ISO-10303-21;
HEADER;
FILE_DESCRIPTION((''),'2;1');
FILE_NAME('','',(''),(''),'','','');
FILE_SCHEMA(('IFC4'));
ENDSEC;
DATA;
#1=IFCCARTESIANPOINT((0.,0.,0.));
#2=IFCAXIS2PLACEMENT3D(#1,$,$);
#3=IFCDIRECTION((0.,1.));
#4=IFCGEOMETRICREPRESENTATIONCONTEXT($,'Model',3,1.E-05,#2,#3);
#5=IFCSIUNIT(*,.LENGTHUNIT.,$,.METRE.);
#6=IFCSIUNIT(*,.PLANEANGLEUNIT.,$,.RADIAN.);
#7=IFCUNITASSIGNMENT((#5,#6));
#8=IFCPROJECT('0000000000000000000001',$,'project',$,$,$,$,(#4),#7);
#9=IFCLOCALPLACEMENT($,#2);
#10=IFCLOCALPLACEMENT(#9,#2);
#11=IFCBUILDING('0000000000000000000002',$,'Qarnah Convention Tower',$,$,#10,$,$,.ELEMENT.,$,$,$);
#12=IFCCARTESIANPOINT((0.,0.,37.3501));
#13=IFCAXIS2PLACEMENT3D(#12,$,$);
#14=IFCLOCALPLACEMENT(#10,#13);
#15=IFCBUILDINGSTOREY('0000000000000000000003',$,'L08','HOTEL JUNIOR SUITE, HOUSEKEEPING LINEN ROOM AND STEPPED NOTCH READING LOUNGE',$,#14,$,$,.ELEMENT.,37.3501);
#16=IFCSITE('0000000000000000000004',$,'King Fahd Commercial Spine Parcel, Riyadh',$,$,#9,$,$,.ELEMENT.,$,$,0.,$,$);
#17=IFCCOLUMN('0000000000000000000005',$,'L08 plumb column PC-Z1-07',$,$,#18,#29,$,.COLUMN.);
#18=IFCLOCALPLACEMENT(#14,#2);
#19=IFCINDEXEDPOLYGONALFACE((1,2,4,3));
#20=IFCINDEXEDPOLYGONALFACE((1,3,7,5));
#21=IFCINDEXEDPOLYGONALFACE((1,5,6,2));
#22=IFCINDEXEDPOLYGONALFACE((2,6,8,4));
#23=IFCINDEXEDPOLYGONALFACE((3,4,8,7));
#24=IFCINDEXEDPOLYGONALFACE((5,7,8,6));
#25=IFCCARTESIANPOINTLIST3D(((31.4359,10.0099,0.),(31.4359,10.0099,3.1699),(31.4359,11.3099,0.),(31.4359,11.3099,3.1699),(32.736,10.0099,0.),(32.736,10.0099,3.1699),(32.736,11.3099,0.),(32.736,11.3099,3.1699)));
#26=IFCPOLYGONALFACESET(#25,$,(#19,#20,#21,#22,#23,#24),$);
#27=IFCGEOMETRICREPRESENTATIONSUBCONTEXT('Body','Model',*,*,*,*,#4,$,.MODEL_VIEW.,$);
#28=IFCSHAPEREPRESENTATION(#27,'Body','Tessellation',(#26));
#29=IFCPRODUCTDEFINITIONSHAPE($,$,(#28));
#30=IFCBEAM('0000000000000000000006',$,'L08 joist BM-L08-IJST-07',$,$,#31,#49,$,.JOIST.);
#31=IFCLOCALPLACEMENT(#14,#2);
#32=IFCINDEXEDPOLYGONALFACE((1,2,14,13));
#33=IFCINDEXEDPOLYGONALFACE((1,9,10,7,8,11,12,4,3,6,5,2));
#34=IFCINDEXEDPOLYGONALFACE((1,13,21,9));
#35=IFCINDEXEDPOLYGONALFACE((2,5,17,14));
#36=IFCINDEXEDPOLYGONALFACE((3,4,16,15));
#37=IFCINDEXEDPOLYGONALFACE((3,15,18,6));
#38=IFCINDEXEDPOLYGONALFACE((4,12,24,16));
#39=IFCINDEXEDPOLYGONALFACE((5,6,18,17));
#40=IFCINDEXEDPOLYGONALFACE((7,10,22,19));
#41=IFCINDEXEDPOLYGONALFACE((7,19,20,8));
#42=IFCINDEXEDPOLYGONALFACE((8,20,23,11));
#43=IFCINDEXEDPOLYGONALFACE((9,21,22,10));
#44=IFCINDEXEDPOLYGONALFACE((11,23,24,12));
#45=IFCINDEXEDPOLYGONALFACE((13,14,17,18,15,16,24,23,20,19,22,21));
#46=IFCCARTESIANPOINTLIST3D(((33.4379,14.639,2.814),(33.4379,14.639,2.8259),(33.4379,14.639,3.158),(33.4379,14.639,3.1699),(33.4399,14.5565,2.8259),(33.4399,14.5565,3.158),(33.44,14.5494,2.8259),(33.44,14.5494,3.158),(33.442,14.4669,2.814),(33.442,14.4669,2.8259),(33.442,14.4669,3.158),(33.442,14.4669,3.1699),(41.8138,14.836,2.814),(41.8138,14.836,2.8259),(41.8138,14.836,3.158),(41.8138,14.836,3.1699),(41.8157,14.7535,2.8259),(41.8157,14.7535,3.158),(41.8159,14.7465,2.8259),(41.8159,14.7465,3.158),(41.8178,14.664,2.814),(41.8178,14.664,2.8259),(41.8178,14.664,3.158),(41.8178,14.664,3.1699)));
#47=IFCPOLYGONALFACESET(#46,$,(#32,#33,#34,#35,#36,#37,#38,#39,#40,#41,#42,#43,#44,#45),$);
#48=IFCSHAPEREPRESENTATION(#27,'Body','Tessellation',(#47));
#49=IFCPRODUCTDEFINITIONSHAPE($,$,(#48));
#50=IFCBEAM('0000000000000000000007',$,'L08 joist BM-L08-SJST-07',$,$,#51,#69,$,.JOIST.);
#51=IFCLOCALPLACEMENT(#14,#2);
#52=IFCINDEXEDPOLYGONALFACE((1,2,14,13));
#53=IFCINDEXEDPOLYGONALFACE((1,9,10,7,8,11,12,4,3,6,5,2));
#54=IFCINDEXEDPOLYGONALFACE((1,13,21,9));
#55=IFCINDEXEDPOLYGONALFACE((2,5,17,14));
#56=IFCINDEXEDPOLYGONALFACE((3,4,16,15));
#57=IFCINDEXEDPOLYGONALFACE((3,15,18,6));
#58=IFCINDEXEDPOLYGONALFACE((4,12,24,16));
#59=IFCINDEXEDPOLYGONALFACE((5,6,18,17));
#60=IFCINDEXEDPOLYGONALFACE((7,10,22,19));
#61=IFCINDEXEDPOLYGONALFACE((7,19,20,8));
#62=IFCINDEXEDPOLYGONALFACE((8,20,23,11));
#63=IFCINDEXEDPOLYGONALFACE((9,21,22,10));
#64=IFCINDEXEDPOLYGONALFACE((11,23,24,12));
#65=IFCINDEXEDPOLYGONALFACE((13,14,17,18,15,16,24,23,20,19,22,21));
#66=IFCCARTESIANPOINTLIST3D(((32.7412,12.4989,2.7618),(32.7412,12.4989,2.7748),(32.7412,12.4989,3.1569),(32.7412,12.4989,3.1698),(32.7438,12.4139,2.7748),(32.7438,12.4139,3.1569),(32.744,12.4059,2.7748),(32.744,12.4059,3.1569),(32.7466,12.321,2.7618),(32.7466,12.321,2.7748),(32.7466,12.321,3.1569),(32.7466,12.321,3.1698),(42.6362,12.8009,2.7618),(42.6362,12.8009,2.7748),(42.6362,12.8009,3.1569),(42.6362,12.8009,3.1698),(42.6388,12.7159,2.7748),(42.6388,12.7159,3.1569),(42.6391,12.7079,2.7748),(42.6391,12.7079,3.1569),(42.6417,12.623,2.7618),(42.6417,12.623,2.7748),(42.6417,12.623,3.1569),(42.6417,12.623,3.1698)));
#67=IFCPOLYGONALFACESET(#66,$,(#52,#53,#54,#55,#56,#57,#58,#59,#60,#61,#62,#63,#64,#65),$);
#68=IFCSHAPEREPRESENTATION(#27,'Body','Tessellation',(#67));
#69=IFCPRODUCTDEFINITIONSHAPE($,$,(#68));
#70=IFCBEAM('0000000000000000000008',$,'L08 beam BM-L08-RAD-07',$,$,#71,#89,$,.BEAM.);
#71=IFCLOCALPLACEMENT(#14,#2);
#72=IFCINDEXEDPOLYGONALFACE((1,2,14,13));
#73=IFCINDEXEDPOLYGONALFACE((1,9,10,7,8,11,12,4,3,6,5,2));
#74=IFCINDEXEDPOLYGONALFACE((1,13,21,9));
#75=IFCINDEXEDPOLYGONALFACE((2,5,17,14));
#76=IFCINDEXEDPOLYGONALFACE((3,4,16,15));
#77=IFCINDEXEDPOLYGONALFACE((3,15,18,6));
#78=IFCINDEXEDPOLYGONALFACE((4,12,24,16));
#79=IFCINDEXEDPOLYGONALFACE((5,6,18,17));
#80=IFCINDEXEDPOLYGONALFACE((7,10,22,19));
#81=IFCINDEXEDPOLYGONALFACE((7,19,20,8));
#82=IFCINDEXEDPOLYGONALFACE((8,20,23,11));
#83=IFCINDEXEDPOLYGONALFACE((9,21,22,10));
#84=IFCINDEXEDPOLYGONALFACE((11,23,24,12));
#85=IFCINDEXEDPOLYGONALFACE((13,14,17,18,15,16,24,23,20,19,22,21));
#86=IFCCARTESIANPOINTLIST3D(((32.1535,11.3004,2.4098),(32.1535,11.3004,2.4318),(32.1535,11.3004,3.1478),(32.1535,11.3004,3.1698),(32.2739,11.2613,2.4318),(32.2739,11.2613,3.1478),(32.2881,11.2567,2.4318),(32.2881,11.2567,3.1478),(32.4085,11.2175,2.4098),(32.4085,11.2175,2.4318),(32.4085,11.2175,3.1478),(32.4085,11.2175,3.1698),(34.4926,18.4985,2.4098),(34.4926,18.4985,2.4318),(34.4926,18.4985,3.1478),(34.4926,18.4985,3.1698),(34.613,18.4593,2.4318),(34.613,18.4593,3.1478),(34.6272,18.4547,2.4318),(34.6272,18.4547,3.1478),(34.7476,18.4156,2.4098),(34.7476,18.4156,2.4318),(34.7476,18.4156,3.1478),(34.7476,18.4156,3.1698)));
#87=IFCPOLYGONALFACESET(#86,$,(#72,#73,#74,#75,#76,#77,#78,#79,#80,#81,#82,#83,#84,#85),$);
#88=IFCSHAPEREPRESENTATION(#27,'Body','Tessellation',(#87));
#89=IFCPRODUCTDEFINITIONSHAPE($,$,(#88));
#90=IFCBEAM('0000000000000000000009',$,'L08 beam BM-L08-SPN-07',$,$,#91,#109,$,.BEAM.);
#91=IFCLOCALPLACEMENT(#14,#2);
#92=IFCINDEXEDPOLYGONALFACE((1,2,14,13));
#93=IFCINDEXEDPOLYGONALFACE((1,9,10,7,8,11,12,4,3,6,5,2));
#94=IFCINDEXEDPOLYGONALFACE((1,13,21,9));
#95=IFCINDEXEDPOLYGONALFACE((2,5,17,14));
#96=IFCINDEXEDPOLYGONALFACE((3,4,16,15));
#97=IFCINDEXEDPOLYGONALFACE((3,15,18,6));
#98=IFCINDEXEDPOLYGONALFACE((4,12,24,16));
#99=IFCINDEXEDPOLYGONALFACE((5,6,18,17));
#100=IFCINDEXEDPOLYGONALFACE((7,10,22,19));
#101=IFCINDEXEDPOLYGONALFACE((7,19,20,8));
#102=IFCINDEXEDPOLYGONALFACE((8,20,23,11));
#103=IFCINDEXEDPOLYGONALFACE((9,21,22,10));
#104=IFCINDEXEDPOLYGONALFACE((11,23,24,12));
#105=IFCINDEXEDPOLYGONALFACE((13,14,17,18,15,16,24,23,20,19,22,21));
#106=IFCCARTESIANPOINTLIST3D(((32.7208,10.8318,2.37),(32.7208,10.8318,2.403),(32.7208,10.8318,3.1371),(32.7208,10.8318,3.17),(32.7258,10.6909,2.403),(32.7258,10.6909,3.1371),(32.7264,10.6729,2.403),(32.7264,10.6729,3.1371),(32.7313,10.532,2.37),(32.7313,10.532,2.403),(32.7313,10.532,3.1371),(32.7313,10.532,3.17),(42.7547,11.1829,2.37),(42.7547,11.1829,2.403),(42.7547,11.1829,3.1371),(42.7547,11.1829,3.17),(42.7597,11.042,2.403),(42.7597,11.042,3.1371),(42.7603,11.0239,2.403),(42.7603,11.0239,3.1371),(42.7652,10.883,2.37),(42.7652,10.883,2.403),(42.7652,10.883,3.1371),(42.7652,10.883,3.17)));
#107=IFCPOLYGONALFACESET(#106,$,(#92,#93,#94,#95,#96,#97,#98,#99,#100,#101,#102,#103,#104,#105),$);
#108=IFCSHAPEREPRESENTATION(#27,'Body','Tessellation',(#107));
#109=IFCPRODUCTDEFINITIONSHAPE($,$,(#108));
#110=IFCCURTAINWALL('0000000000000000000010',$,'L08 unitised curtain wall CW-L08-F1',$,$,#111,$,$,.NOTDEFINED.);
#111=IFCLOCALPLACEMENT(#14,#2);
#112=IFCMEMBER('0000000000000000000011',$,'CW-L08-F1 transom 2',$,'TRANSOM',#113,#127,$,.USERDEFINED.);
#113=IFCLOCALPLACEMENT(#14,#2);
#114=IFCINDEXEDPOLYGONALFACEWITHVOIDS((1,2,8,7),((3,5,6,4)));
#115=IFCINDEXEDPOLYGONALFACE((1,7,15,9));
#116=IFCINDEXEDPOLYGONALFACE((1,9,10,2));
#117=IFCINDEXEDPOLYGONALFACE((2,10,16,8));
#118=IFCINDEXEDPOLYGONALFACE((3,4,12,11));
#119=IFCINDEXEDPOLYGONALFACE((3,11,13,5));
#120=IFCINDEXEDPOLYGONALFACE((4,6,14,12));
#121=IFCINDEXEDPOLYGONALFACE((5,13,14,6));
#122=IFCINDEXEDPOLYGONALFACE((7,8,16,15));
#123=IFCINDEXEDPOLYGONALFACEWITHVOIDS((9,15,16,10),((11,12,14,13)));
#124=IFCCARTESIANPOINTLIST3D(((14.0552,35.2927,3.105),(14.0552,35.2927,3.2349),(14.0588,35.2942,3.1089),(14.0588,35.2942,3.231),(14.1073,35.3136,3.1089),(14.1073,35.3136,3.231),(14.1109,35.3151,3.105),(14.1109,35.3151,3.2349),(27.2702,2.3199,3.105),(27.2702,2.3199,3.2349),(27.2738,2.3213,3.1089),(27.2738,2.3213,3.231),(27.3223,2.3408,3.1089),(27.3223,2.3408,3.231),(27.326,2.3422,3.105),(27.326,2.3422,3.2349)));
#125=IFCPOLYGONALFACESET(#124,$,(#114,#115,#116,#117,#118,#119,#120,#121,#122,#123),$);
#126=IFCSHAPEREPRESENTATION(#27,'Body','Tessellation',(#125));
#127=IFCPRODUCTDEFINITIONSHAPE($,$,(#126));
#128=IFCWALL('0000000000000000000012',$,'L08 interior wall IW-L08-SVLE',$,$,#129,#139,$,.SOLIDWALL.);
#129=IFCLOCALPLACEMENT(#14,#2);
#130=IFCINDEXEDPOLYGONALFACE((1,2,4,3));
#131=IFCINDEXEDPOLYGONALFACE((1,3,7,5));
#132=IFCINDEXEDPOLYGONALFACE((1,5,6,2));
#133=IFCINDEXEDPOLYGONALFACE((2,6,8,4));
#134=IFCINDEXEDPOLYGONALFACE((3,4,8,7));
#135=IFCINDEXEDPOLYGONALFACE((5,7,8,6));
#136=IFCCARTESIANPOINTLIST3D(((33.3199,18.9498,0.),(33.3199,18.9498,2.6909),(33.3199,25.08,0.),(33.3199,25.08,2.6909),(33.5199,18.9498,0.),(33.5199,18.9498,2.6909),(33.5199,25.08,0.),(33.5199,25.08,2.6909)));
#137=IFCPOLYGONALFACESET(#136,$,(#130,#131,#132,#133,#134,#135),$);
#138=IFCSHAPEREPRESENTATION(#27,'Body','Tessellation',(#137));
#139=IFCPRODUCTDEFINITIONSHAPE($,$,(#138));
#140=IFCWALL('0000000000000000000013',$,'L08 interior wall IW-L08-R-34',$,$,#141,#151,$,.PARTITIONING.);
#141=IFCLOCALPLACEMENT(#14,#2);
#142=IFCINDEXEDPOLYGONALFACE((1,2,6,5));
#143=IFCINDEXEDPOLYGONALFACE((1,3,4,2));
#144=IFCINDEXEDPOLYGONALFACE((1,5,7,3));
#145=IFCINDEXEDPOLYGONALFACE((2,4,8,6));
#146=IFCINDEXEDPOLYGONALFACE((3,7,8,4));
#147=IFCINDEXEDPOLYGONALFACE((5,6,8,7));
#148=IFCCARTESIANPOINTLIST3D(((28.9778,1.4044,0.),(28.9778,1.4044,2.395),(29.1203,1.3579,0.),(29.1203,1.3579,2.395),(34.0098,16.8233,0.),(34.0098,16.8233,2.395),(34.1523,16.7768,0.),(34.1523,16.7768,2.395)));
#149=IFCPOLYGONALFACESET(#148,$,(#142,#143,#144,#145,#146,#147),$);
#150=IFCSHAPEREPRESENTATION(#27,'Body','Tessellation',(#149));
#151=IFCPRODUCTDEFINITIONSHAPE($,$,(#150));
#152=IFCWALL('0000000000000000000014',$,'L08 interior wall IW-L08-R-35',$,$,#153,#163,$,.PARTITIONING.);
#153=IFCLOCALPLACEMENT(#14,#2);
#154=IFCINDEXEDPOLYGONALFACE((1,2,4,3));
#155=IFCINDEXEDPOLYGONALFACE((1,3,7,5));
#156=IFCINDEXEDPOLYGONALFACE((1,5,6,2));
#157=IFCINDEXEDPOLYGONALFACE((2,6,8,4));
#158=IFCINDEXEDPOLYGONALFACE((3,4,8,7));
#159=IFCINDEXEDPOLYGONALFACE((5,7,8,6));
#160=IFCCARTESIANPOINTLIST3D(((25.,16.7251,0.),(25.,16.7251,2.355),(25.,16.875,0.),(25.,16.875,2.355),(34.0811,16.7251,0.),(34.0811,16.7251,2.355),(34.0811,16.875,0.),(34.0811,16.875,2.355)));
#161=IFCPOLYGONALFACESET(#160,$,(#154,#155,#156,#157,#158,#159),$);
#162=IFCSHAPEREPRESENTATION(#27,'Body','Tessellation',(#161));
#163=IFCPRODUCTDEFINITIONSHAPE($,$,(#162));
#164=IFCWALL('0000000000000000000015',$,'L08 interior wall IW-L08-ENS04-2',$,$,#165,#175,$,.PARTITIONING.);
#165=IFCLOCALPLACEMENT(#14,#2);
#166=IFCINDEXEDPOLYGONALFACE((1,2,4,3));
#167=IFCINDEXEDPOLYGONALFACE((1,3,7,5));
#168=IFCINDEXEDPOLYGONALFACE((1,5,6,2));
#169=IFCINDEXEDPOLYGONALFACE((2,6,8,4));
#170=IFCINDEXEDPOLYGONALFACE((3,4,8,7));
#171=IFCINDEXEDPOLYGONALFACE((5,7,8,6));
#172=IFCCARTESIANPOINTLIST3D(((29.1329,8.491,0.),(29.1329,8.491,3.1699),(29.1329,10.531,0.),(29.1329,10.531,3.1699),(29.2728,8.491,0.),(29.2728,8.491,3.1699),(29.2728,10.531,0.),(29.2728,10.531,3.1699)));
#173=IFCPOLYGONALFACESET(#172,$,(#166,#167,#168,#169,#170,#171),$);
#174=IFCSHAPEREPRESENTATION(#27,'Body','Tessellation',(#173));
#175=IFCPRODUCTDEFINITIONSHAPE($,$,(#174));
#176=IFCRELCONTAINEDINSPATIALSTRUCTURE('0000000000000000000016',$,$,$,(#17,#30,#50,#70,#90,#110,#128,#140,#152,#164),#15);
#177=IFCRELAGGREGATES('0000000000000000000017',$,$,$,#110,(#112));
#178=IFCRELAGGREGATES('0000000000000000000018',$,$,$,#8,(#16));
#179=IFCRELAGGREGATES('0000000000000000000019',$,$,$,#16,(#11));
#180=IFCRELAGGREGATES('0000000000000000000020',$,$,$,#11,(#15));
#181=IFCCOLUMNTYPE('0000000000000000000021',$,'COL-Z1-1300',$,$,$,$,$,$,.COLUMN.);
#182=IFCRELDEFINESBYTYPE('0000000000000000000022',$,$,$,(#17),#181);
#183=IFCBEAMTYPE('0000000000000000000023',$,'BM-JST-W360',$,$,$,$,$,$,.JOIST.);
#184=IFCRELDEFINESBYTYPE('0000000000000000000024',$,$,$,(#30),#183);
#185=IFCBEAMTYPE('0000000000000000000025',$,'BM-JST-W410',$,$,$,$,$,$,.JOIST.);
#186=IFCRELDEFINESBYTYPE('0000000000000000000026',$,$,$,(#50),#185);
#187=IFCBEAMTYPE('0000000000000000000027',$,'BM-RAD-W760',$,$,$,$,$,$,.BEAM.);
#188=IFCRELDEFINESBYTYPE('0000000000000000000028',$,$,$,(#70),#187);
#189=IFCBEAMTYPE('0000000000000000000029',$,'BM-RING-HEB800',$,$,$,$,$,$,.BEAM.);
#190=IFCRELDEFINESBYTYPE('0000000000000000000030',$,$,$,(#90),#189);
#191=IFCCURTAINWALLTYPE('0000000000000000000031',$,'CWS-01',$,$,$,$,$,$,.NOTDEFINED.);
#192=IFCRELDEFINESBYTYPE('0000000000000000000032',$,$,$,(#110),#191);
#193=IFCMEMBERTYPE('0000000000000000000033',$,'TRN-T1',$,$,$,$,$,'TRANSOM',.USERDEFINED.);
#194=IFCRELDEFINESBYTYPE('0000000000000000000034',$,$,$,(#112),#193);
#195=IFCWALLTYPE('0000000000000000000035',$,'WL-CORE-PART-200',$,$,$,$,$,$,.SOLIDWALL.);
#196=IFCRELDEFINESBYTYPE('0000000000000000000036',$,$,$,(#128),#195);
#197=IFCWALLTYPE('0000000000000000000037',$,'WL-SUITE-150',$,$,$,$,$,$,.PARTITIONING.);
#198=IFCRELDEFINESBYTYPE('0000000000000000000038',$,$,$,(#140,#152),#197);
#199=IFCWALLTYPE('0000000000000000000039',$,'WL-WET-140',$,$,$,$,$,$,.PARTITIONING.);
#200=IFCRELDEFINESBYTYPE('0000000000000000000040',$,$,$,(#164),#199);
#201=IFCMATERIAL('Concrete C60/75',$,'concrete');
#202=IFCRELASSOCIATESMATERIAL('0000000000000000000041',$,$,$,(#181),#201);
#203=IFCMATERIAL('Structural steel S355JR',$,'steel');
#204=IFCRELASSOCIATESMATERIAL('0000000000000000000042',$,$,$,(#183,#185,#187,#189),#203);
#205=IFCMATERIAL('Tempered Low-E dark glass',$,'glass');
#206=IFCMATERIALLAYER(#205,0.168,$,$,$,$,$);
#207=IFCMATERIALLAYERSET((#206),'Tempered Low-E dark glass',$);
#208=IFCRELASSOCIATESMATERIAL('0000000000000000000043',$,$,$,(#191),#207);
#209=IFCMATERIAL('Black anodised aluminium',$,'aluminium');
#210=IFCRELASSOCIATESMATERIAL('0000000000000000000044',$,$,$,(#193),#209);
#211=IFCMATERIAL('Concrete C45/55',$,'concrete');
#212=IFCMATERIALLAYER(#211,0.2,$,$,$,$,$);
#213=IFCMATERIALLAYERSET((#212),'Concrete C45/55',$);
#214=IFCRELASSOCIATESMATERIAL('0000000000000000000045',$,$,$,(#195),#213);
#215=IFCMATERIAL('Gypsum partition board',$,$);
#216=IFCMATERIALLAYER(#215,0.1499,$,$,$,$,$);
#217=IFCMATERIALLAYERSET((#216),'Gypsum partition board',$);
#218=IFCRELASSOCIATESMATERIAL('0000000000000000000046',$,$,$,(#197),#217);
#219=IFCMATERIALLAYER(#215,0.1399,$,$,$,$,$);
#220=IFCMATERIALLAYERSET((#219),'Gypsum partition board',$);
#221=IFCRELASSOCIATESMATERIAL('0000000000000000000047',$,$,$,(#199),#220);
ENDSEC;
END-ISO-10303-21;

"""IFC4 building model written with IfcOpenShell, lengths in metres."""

from ifc_helpers import new_model, si_unit, direction, frame, frame_2d, origin, origin_2d, place, context, subcontext, project, spatial, rectangle, hollow_rectangle, i_section, extrude, material, layer, layer_set, material_profile, profile_set, type_object, element, aggregate, save


model = new_model("IFC4")

# Units and contexts
model_context = context("Model", 3, precision=1e-05, world=origin(), true_north=direction((0.0, 1.0)))
body_context = subcontext(model_context, "Body", "Model", "MODEL_VIEW")
ifc_project = project(units=[si_unit("LENGTHUNIT", "METRE"), si_unit("PLANEANGLEUNIT", "RADIAN")], contexts=[model_context])

# Site, building, storey
site_placement = place(None, origin())
site = spatial("IfcSite", under=ifc_project, at=site_placement, Name="King Fahd Commercial Spine Parcel, Riyadh", CompositionType="ELEMENT", RefElevation=0.0)
building_placement = place(site_placement, origin())
building = spatial("IfcBuilding", under=site, at=building_placement, Name="Qarnah Convention Tower", CompositionType="ELEMENT")
storey_placement = place(building_placement, frame((0.0, 0.0, 37.3501)))
storey = spatial("IfcBuildingStorey", under=building, at=storey_placement, Name="L08", Description="HOTEL JUNIOR SUITE, HOUSEKEEPING LINEN ROOM AND STEPPED NOTCH READING LOUNGE", CompositionType="ELEMENT", Elevation=37.3501)

# Column
ifc_material_1 = material(Name="Concrete C60/75", Category="concrete")
ifc_material_profile_1 = material_profile(ifc_material_1, rectangle(XDim=1.3, YDim=1.3, at=origin_2d()), Name="RC-COL-1300X1300")
ifc_profile_set_1 = profile_set([ifc_material_profile_1], Name="Concrete C60/75")
column_type = type_object("IfcColumnType", Name="COL-Z1-1300", PredefinedType="COLUMN", material=ifc_profile_set_1)
column_placement = place(storey_placement, frame((32.0859, 10.6599, 0.0), z_axis=(0.0, 0.0, 1.0), x_axis=(1.0, 0.0, 0.0)))
element("IfcColumn", 1, at=column_placement, inside=storey, type_object=column_type, Name="L08 plumb column PC-Z1-07", PredefinedType="COLUMN", context=body_context, shape_type="SweptSolid", body=[
    extrude(rectangle(XDim=1.3, YDim=1.3, at=origin_2d()), origin(), (0.0, 0.0, 1.0), 3.1699),
])

# Beams
ifc_material_2 = material(Name="Structural steel S355JR", Category="steel")
ifc_material_profile_2 = material_profile(ifc_material_2, i_section(OverallWidth=0.1721, OverallDepth=0.356, WebThickness=0.0071, FlangeThickness=0.012, at=origin_2d()), Name="W360X51")
ifc_profile_set_2 = profile_set([ifc_material_profile_2], Name="Structural steel S355JR")
beam_type_1 = type_object("IfcBeamType", Name="BM-JST-W360", PredefinedType="JOIST", material=ifc_profile_set_2)
beam_1_placement = place(storey_placement, frame((33.4399, 14.553, 2.9919), z_axis=(0.999723, 0.023516, 0.0), x_axis=(-0.023516, 0.999723, 0.0)))
element("IfcBeam", 2, at=beam_1_placement, inside=storey, type_object=beam_type_1, Name="L08 joist BM-L08-IJST-07", PredefinedType="JOIST", context=body_context, shape_type="SweptSolid", body=[
    extrude(i_section(OverallWidth=0.1721, OverallDepth=0.356, WebThickness=0.0071, FlangeThickness=0.012, at=origin_2d()), origin(), (0.0, 0.0, 1.0), 8.3782),
])
ifc_material_profile_3 = material_profile(ifc_material_2, i_section(OverallWidth=0.178, OverallDepth=0.408, WebThickness=0.0081, FlangeThickness=0.0129, at=origin_2d()), Name="W410X60")
ifc_profile_set_3 = profile_set([ifc_material_profile_3], Name="Structural steel S355JR")
beam_type_2 = type_object("IfcBeamType", Name="BM-JST-W410", PredefinedType="JOIST", material=ifc_profile_set_3)
beam_2_placement = place(storey_placement, frame((32.7439, 12.4099, 2.9658), z_axis=(0.999535, 0.030506, 0.0), x_axis=(-0.030506, 0.999535, 0.0)))
element("IfcBeam", 3, at=beam_2_placement, inside=storey, type_object=beam_type_2, Name="L08 joist BM-L08-SJST-07", PredefinedType="JOIST", context=body_context, shape_type="SweptSolid", body=[
    extrude(i_section(OverallWidth=0.178, OverallDepth=0.408, WebThickness=0.0081, FlangeThickness=0.0129, at=origin_2d()), origin(), (0.0, 0.0, 1.0), 9.8997),
])
ifc_material_profile_4 = material_profile(ifc_material_2, i_section(OverallWidth=0.2681, OverallDepth=0.76, WebThickness=0.0149, FlangeThickness=0.022, at=origin_2d()), Name="W760X185")
ifc_profile_set_4 = profile_set([ifc_material_profile_4], Name="Structural steel S355JR")
beam_type_3 = type_object("IfcBeamType", Name="BM-RAD-W760", PredefinedType="BEAM", material=ifc_profile_set_4)
beam_3_placement = place(storey_placement, frame((34.6201, 18.457, 2.7898), z_axis=(-0.309058, -0.951043, 0.0), x_axis=(0.951043, -0.309058, 0.0)))
element("IfcBeam", 4, at=beam_3_placement, inside=storey, type_object=beam_type_3, Name="L08 beam BM-L08-RAD-07", PredefinedType="BEAM", context=body_context, shape_type="SweptSolid", body=[
    extrude(i_section(OverallWidth=0.2681, OverallDepth=0.76, WebThickness=0.0149, FlangeThickness=0.022, at=origin_2d()), origin(), (0.0, 0.0, 1.0), 7.5686),
])
ifc_material_profile_5 = material_profile(ifc_material_2, i_section(OverallWidth=0.3, OverallDepth=0.8, WebThickness=0.0181, FlangeThickness=0.033, at=origin_2d()), Name="HEB800")
ifc_profile_set_5 = profile_set([ifc_material_profile_5], Name="Structural steel S355JR")
beam_type_4 = type_object("IfcBeamType", Name="BM-RING-HEB800", PredefinedType="BEAM", material=ifc_profile_set_5)
beam_4_placement = place(storey_placement, frame((32.7261, 10.6819, 2.77), z_axis=(0.999388, 0.034967, 0.0), x_axis=(-0.034967, 0.999388, 0.0)))
element("IfcBeam", 5, at=beam_4_placement, inside=storey, type_object=beam_type_4, Name="L08 beam BM-L08-SPN-07", PredefinedType="BEAM", context=body_context, shape_type="SweptSolid", body=[
    extrude(i_section(OverallWidth=0.3, OverallDepth=0.8, WebThickness=0.0181, FlangeThickness=0.033, at=origin_2d()), origin(), (0.0, 0.0, 1.0), 10.04),
])

# Curtain wall, member
ifc_material_3 = material(Name="Tempered Low-E dark glass", Category="glass")
ifc_layer_1 = layer(ifc_material_3, 0.168)
ifc_layer_set_1 = layer_set([ifc_layer_1], Name="Tempered Low-E dark glass")
curtain_wall_type = type_object("IfcCurtainWallType", Name="CWS-01", PredefinedType="NOTDEFINED", material=ifc_layer_set_1)
curtain_wall_placement = place(storey_placement, origin())
curtain_wall = element("IfcCurtainWall", 6, at=curtain_wall_placement, inside=storey, type_object=curtain_wall_type, Name="L08 unitised curtain wall CW-L08-F1", PredefinedType="NOTDEFINED")
ifc_material_4 = material(Name="Black anodised aluminium", Category="aluminium")
ifc_material_profile_6 = material_profile(ifc_material_4, hollow_rectangle(XDim=0.0601, YDim=0.1299, WallThickness=0.0039, at=origin_2d()), Name="TRN-60X130")
ifc_profile_set_6 = profile_set([ifc_material_profile_6], Name="Black anodised aluminium")
member_type = type_object("IfcMemberType", Name="TRN-T1", ElementType="TRANSOM", PredefinedType="USERDEFINED", material=ifc_profile_set_6)
member_placement = place(storey_placement, frame((27.2981, 2.3311, 3.1699), z_axis=(-0.37202, 0.928225, 0.0), x_axis=(-0.928225, -0.37202, 0.0)))
member = element("IfcMember", 7, at=member_placement, type_object=member_type, Name="CW-L08-F1 transom 2", ObjectType="TRANSOM", PredefinedType="USERDEFINED", context=body_context, shape_type="SweptSolid", body=[
    extrude(hollow_rectangle(XDim=0.0601, YDim=0.1299, WallThickness=0.0039, at=origin_2d()), origin(), (0.0, 0.0, 1.0), 35.5225),
])
aggregate(curtain_wall, [member])

# Walls
ifc_material_5 = material(Name="Concrete C45/55", Category="concrete")
ifc_layer_2 = layer(ifc_material_5, 0.2)
ifc_layer_set_2 = layer_set([ifc_layer_2], Name="Concrete C45/55")
wall_type_1 = type_object("IfcWallType", Name="WL-CORE-PART-200", PredefinedType="SOLIDWALL", material=ifc_layer_set_2)
wall_1_placement = place(storey_placement, frame((33.4199, 18.95, 0.0), z_axis=(0.0, 0.0, 1.0), x_axis=(0.0, 1.0, 0.0)))
element("IfcWall", 8, at=wall_1_placement, inside=storey, type_object=wall_type_1, Name="L08 interior wall IW-L08-SVLE", PredefinedType="SOLIDWALL", context=body_context, shape_type="SweptSolid", body=[
    extrude(rectangle(XDim=6.1301, YDim=0.2, at=frame_2d((3.0649, 0.0))), origin(), (0.0, 0.0, 1.0), 2.6909),
])
ifc_material_6 = material(Name="Gypsum partition board")
ifc_layer_3 = layer(ifc_material_6, 0.1499)
ifc_layer_set_3 = layer_set([ifc_layer_3], Name="Gypsum partition board")
wall_type_2 = type_object("IfcWallType", Name="WL-SUITE-150", PredefinedType="PARTITIONING", material=ifc_layer_set_3)
wall_2_placement = place(storey_placement, frame((29.0491, 1.3811, 0.0), z_axis=(0.0, 0.0, 1.0), x_axis=(0.310247, 0.950656, 0.0)))
element("IfcWall", 9, at=wall_2_placement, inside=storey, type_object=wall_type_2, Name="L08 interior wall IW-L08-R-34", PredefinedType="PARTITIONING", context=body_context, shape_type="SweptSolid", body=[
    extrude(rectangle(XDim=16.2192, YDim=0.1499, at=frame_2d((8.1096, 0.0))), origin(), (0.0, 0.0, 1.0), 2.395),
])
wall_3_placement = place(storey_placement, frame((34.0811, 16.8, 0.0), z_axis=(0.0, 0.0, 1.0), x_axis=(-1.0, 0.0, 0.0)))
element("IfcWall", 10, at=wall_3_placement, inside=storey, type_object=wall_type_2, Name="L08 interior wall IW-L08-R-35", PredefinedType="PARTITIONING", context=body_context, shape_type="SweptSolid", body=[
    extrude(rectangle(XDim=9.0811, YDim=0.1499, at=frame_2d((4.5405, 0.0))), origin(), (0.0, 0.0, 1.0), 2.355),
])
ifc_layer_4 = layer(ifc_material_6, 0.1399)
ifc_layer_set_4 = layer_set([ifc_layer_4], Name="Gypsum partition board")
wall_type_3 = type_object("IfcWallType", Name="WL-WET-140", PredefinedType="PARTITIONING", material=ifc_layer_set_4)
wall_4_placement = place(storey_placement, frame((29.2029, 8.491, 0.0), z_axis=(0.0, 0.0, 1.0), x_axis=(0.0, 1.0, 0.0)))
element("IfcWall", 11, at=wall_4_placement, inside=storey, type_object=wall_type_3, Name="L08 interior wall IW-L08-ENS04-2", PredefinedType="PARTITIONING", context=body_context, shape_type="SweptSolid", body=[
    extrude(rectangle(XDim=2.04, YDim=0.1399, at=frame_2d((1.02, 0.0))), origin(), (0.0, 0.0, 1.0), 3.1699),
])

save(model, "model.ifc")
